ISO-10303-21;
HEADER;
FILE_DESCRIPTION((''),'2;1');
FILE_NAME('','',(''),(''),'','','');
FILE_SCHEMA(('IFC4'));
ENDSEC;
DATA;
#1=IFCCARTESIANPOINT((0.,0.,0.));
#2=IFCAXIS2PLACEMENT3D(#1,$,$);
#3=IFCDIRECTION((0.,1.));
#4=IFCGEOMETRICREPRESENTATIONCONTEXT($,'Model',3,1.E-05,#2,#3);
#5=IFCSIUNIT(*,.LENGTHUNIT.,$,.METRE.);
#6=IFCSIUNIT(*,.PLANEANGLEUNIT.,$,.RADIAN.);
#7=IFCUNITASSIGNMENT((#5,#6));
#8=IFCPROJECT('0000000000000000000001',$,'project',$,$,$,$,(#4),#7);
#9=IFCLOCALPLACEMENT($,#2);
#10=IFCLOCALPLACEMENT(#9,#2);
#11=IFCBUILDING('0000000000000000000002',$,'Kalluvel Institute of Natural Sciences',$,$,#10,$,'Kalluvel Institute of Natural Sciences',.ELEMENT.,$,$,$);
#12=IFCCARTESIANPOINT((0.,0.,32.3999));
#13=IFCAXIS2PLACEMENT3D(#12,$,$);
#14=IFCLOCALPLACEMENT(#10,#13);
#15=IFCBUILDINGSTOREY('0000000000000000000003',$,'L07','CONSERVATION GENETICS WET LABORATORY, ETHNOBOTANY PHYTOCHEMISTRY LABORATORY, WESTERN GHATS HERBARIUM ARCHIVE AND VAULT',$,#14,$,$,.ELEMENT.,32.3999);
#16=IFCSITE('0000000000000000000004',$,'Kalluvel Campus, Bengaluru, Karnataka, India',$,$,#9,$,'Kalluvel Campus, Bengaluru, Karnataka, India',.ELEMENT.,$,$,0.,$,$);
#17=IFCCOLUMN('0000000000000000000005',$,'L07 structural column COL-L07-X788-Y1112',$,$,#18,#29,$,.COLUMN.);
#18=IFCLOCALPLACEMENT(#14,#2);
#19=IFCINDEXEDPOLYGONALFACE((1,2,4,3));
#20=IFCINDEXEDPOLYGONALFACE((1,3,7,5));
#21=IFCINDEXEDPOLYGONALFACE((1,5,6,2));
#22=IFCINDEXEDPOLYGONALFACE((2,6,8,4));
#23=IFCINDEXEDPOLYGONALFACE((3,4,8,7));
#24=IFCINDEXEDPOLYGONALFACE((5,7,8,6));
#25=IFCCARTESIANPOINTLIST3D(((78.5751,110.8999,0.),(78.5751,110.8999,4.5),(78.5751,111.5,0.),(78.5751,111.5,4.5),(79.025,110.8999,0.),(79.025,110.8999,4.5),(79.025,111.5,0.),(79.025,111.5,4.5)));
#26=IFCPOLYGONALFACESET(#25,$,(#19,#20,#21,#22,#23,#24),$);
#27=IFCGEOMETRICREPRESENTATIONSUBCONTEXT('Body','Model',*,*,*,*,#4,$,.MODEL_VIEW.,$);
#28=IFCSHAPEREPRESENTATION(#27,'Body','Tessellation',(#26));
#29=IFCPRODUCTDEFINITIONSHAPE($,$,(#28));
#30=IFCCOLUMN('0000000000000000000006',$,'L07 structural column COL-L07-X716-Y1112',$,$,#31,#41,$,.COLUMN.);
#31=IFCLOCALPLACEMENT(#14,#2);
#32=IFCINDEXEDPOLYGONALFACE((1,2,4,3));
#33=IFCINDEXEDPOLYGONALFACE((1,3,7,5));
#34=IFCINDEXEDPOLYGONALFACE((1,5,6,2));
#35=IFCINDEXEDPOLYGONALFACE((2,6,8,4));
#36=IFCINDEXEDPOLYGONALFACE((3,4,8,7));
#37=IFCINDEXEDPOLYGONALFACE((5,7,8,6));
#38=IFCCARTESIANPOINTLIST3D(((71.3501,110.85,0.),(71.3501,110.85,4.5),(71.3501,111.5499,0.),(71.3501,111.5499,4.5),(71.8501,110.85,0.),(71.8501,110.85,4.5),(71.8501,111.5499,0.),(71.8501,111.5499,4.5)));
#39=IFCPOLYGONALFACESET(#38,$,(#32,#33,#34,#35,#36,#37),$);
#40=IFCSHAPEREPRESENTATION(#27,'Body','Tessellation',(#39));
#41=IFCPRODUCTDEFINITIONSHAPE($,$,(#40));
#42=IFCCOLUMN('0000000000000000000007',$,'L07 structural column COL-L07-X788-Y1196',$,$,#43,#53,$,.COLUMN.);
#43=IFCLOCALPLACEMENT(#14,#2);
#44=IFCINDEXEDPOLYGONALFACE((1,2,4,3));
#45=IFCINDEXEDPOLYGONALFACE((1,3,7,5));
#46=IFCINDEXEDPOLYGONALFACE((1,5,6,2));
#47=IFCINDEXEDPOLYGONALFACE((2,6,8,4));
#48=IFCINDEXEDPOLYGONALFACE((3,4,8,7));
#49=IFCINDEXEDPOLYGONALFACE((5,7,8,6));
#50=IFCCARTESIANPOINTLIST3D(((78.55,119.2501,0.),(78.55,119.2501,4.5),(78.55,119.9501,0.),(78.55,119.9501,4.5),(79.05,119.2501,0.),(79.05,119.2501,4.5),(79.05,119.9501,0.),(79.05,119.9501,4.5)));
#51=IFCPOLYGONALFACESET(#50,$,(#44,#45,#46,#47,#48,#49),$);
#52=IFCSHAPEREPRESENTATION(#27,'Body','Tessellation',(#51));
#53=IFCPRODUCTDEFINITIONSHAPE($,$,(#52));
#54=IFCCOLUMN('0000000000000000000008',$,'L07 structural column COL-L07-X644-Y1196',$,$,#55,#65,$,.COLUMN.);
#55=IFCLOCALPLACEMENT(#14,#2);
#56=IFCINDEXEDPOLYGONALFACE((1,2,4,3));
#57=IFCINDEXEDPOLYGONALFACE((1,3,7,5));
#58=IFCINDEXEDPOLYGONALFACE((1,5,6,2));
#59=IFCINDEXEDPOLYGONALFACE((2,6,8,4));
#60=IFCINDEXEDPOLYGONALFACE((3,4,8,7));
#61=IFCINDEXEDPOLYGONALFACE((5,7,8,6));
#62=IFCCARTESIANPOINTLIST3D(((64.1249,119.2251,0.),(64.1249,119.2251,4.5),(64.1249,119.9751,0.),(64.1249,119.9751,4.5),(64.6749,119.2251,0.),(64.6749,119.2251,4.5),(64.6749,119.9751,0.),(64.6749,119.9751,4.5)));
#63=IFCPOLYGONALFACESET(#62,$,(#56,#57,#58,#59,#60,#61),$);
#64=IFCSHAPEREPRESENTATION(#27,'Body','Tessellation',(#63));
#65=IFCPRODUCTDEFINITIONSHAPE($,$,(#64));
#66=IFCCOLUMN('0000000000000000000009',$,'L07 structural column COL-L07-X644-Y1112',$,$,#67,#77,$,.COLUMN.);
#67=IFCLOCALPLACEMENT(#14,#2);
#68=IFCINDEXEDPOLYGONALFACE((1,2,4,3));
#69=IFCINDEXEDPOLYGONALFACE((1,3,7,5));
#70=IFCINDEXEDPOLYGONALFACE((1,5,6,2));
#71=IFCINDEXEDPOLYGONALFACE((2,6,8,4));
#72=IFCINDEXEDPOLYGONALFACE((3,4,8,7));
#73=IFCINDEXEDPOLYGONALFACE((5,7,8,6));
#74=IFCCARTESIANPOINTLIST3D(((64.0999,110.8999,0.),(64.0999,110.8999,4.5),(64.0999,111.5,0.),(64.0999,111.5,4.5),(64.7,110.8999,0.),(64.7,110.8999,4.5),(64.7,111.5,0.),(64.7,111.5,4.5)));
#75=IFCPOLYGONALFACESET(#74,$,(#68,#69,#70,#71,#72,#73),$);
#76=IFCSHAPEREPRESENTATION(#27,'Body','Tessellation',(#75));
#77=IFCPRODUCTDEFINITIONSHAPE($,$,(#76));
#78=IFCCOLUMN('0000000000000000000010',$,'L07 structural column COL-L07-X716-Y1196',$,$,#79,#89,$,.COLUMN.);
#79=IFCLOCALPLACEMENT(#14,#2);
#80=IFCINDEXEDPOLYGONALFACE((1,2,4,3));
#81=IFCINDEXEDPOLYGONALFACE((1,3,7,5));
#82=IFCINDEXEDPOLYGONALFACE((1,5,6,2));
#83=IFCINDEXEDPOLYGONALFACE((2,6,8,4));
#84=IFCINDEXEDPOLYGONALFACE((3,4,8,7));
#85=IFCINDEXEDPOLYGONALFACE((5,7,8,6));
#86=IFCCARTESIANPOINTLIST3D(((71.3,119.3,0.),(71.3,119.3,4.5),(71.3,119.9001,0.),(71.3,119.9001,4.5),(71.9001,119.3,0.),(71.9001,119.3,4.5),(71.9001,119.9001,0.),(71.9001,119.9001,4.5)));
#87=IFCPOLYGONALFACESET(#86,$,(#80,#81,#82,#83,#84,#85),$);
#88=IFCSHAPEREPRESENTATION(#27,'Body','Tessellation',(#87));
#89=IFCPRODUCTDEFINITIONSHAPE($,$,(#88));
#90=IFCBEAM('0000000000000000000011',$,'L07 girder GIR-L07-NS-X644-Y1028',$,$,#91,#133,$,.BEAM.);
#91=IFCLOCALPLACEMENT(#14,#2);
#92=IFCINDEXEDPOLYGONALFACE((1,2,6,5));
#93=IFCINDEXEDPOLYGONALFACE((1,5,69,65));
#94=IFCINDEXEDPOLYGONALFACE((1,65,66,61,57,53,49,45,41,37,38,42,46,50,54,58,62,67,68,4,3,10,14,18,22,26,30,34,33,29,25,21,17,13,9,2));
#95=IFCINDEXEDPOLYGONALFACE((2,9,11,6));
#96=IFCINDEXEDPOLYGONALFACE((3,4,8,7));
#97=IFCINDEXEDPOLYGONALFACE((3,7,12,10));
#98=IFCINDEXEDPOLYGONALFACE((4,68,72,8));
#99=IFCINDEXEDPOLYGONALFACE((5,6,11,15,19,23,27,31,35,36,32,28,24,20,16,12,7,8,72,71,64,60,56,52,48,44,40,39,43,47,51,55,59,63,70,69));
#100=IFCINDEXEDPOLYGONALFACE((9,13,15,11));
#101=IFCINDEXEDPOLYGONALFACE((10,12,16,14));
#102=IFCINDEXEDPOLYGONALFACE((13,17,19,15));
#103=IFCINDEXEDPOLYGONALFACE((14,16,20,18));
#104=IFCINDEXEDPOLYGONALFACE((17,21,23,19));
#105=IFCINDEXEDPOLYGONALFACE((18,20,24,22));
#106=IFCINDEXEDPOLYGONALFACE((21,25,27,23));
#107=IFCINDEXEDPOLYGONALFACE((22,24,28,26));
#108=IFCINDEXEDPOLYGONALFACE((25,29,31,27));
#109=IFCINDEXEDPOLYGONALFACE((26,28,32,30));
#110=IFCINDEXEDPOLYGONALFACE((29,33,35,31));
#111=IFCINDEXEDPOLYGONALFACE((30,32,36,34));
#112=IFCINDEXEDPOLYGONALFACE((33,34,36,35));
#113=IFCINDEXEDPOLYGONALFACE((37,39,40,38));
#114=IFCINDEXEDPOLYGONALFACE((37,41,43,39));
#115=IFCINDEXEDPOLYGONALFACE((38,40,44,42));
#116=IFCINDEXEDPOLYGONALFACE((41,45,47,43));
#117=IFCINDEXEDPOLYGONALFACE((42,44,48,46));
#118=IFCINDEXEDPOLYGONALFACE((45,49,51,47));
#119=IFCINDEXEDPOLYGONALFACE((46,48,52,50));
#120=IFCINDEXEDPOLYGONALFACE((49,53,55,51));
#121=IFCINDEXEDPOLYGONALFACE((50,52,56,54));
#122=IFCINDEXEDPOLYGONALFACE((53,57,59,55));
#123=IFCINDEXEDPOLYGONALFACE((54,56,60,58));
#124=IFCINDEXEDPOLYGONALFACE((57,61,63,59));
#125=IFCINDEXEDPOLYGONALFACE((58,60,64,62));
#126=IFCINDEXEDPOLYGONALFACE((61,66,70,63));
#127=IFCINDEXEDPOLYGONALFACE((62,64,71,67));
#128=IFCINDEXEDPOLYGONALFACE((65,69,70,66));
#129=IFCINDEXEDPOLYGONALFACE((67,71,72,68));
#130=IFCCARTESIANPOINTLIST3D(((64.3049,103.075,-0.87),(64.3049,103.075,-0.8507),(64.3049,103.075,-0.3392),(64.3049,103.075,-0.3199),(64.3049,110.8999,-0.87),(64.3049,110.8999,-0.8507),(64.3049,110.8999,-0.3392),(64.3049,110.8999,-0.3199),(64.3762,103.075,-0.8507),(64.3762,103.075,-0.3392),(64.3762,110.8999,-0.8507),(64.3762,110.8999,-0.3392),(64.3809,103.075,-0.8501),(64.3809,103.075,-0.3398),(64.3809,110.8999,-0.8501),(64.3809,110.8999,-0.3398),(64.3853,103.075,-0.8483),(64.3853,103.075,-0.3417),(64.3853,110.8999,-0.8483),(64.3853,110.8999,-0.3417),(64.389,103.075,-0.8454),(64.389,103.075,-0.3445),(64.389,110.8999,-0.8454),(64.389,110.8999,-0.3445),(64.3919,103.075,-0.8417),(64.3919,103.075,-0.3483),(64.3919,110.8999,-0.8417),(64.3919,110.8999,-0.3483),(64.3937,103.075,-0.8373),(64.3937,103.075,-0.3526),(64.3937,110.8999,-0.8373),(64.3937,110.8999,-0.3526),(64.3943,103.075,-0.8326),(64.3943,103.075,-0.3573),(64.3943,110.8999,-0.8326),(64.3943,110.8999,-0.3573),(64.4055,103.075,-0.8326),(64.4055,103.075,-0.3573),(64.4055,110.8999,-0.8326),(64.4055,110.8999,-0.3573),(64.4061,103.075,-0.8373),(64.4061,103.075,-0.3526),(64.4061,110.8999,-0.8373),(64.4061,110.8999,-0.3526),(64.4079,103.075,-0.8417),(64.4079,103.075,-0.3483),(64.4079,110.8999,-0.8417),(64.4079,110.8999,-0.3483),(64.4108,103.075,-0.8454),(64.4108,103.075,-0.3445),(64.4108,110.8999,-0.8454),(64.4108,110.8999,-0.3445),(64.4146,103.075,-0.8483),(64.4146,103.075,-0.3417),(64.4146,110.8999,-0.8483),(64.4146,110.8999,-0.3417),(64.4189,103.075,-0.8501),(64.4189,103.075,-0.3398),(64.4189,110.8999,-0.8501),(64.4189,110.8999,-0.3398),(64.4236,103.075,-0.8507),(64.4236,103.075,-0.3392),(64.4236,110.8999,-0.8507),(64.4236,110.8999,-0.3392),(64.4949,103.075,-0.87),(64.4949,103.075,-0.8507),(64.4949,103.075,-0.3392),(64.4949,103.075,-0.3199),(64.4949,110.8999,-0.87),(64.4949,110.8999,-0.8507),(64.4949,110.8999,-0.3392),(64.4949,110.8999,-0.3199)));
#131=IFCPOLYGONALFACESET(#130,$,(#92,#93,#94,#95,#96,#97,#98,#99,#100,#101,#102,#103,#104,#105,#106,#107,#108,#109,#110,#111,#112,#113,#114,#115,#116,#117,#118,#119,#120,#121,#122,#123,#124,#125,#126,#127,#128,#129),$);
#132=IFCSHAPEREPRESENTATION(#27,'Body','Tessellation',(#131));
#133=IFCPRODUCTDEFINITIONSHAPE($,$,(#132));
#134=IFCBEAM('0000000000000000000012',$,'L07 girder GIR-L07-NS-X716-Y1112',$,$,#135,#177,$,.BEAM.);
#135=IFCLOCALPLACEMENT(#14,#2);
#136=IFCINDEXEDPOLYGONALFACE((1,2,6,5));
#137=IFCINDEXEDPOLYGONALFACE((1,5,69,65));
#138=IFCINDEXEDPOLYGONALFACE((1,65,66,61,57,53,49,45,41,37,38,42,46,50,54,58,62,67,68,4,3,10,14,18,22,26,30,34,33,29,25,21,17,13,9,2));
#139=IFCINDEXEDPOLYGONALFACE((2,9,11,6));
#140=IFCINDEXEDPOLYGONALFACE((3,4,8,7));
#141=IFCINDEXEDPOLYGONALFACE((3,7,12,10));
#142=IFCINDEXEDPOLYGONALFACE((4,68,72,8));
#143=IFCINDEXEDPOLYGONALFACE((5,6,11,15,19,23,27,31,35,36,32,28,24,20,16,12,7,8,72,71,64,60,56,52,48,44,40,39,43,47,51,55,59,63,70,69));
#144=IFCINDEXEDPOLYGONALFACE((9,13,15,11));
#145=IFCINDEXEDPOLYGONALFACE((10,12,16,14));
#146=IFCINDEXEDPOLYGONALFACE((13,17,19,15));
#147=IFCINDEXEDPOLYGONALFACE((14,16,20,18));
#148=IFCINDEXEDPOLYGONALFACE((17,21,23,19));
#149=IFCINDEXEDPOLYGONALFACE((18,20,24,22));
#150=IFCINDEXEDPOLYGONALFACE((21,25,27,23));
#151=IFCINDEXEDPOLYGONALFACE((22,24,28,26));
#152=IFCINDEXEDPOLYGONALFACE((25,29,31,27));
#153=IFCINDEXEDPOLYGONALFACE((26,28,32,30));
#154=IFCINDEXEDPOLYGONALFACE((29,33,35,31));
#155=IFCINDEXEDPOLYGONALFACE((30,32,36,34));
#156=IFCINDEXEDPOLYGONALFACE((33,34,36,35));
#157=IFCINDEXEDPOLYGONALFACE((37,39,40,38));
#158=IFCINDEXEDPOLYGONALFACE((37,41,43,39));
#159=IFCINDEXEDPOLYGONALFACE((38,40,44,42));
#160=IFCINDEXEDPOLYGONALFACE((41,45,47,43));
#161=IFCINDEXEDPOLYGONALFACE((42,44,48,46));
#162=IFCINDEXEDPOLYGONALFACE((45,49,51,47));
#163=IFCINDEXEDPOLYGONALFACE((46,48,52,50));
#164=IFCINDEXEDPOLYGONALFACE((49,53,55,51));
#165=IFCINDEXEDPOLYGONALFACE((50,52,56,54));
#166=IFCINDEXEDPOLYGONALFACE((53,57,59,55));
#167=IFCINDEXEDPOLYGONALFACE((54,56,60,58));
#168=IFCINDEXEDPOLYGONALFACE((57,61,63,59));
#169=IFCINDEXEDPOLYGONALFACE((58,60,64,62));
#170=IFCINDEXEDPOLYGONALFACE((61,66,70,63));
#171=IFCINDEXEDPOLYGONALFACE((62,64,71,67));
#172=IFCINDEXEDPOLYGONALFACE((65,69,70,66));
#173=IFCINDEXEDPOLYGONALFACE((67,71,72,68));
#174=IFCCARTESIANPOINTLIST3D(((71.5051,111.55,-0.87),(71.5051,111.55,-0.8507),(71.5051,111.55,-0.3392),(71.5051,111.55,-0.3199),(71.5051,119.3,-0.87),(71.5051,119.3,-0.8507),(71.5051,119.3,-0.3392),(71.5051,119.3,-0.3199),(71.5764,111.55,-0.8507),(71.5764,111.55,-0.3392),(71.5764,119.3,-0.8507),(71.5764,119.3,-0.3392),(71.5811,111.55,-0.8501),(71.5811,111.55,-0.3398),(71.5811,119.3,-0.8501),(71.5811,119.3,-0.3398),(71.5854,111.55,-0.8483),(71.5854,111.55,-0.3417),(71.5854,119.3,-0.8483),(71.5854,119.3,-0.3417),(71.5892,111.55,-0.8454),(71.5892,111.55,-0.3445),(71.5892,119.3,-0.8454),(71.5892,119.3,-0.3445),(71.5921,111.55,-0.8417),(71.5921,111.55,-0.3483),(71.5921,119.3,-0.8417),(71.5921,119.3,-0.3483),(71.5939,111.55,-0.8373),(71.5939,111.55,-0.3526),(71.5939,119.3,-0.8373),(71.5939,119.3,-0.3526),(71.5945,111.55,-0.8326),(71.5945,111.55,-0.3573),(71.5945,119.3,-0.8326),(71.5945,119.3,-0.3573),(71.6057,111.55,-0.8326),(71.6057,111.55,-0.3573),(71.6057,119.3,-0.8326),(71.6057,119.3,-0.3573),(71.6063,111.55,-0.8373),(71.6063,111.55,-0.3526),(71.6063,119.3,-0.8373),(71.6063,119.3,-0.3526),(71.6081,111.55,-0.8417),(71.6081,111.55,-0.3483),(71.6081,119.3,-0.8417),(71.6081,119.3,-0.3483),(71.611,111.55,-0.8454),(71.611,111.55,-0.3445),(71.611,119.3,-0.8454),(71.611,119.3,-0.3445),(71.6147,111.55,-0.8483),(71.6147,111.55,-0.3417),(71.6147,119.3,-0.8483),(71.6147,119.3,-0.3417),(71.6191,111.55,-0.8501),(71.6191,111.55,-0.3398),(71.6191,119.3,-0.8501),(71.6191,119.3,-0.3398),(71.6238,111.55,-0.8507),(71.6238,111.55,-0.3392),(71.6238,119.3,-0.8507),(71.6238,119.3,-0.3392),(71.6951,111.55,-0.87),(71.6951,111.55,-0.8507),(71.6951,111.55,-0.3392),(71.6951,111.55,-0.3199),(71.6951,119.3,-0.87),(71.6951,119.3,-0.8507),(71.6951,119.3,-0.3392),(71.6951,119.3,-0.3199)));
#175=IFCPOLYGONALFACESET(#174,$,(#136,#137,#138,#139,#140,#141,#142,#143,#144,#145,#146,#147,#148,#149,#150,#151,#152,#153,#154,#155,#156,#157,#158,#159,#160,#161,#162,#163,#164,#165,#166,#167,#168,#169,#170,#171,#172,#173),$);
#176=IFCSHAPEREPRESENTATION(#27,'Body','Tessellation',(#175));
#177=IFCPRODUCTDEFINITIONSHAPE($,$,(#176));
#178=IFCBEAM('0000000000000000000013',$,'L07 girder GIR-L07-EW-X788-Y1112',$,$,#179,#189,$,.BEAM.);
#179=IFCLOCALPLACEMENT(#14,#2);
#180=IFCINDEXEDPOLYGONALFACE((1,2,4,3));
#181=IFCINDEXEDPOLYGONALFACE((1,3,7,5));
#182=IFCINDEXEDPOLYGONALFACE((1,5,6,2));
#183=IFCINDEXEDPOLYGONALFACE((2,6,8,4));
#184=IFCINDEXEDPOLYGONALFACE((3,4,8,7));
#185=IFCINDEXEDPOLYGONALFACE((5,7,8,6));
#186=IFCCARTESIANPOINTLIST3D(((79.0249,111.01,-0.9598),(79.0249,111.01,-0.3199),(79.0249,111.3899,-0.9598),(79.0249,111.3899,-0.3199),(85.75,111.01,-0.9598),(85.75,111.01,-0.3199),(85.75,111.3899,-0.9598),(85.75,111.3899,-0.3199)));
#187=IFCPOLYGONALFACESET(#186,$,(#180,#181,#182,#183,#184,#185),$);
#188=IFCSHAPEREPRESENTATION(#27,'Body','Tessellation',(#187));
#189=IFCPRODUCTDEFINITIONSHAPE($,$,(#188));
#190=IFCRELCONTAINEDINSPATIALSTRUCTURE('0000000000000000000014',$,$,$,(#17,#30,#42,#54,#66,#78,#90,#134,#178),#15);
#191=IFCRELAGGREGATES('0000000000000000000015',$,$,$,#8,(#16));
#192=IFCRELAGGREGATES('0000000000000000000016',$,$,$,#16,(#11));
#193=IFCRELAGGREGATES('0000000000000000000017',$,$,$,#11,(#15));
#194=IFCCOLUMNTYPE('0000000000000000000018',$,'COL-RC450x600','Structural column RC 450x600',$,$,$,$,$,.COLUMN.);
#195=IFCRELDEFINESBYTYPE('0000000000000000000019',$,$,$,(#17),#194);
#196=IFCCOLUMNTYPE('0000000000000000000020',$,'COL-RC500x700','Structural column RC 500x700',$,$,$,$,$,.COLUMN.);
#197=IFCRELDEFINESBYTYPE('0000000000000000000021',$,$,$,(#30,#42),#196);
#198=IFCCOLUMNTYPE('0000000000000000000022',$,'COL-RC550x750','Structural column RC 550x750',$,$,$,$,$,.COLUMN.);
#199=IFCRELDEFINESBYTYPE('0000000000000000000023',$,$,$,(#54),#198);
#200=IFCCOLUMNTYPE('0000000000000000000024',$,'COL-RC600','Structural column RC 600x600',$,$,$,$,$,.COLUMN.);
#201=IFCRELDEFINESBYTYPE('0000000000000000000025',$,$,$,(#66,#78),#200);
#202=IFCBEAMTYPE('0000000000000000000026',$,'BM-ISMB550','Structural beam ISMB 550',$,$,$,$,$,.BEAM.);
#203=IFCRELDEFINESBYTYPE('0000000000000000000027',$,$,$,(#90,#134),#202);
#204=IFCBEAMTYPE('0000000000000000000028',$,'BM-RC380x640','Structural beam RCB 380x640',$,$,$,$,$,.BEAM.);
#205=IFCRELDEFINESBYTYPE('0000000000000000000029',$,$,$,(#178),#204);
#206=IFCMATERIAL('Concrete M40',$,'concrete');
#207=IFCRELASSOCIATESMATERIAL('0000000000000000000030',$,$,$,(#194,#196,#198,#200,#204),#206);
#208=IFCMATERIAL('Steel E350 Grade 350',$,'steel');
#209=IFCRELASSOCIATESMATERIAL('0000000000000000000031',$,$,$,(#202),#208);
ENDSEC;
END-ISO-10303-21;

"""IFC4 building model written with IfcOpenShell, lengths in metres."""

from ifc_helpers import new_model, si_unit, direction, frame, origin, origin_2d, place, context, subcontext, project, spatial, rectangle, i_section, extrude, material, material_profile, profile_set, type_object, element, save


model = new_model("IFC4")

# Units and contexts
model_context = context("Model", 3, precision=1e-05, world=origin(), true_north=direction((0.0, 1.0)))
body_context = subcontext(model_context, "Body", "Model", "MODEL_VIEW")
ifc_project = project(units=[si_unit("LENGTHUNIT", "METRE"), si_unit("PLANEANGLEUNIT", "RADIAN")], contexts=[model_context])

# Site, building, storey
site_placement = place(None, origin())
site = spatial("IfcSite", under=ifc_project, at=site_placement, Name="Kalluvel Campus, Bengaluru, Karnataka, India", LongName="Kalluvel Campus, Bengaluru, Karnataka, India", CompositionType="ELEMENT", RefElevation=0.0)
building_placement = place(site_placement, origin())
building = spatial("IfcBuilding", under=site, at=building_placement, Name="Kalluvel Institute of Natural Sciences", LongName="Kalluvel Institute of Natural Sciences", CompositionType="ELEMENT")
storey_placement = place(building_placement, frame((0.0, 0.0, 32.3999)))
storey = spatial("IfcBuildingStorey", under=building, at=storey_placement, Name="L07", Description="CONSERVATION GENETICS WET LABORATORY, ETHNOBOTANY PHYTOCHEMISTRY LABORATORY, WESTERN GHATS HERBARIUM ARCHIVE AND VAULT", CompositionType="ELEMENT", Elevation=32.3999)

# Columns
ifc_material_1 = material(Name="Concrete M40", Category="concrete")
ifc_material_profile_1 = material_profile(ifc_material_1, rectangle(XDim=0.45, YDim=0.6001, at=origin_2d()), Name="RC 450x600")
ifc_profile_set_1 = profile_set([ifc_material_profile_1], Name="Concrete M40")
column_type_1 = type_object("IfcColumnType", Name="COL-RC450x600", Description="Structural column RC 450x600", PredefinedType="COLUMN", material=ifc_profile_set_1)
column_1_placement = place(storey_placement, frame((78.8, 111.2, 0.0), z_axis=(0.0, 0.0, 1.0), x_axis=(1.0, 0.0, 0.0)))
element("IfcColumn", 1, at=column_1_placement, inside=storey, type_object=column_type_1, Name="L07 structural column COL-L07-X788-Y1112", PredefinedType="COLUMN", context=body_context, shape_type="SweptSolid", body=[
    extrude(rectangle(XDim=0.45, YDim=0.6001, at=origin_2d()), origin(), (0.0, 0.0, 1.0), 4.5),
])
ifc_material_profile_2 = material_profile(ifc_material_1, rectangle(XDim=0.5, YDim=0.7, at=origin_2d()), Name="RC 500x700")
ifc_profile_set_2 = profile_set([ifc_material_profile_2], Name="Concrete M40")
column_type_2 = type_object("IfcColumnType", Name="COL-RC500x700", Description="Structural column RC 500x700", PredefinedType="COLUMN", material=ifc_profile_set_2)
for number, where, z_axis, x_axis, name in (
    (2, (71.6001, 111.2, 0.0), (0.0, 0.0, 1.0), (1.0, 0.0, 0.0), "L07 structural column COL-L07-X716-Y1112"),
    (3, (78.8, 119.6001, 0.0), (0.0, 0.0, 1.0), (1.0, 0.0, 0.0), "L07 structural column COL-L07-X788-Y1196"),
):
    element("IfcColumn", number, at=place(storey_placement, frame(where, z_axis=z_axis, x_axis=x_axis)), inside=storey, type_object=column_type_2, Name=name, PredefinedType="COLUMN", context=body_context, shape_type="SweptSolid", body=[
        extrude(rectangle(XDim=0.5, YDim=0.7, at=origin_2d()), origin(), (0.0, 0.0, 1.0), 4.5),
    ])
ifc_material_profile_3 = material_profile(ifc_material_1, rectangle(XDim=0.55, YDim=0.75, at=origin_2d()), Name="RC 550x750")
ifc_profile_set_3 = profile_set([ifc_material_profile_3], Name="Concrete M40")
column_type_3 = type_object("IfcColumnType", Name="COL-RC550x750", Description="Structural column RC 550x750", PredefinedType="COLUMN", material=ifc_profile_set_3)
column_2_placement = place(storey_placement, frame((64.3999, 119.6001, 0.0), z_axis=(0.0, 0.0, 1.0), x_axis=(1.0, 0.0, 0.0)))
element("IfcColumn", 4, at=column_2_placement, inside=storey, type_object=column_type_3, Name="L07 structural column COL-L07-X644-Y1196", PredefinedType="COLUMN", context=body_context, shape_type="SweptSolid", body=[
    extrude(rectangle(XDim=0.55, YDim=0.75, at=origin_2d()), origin(), (0.0, 0.0, 1.0), 4.5),
])
ifc_material_profile_4 = material_profile(ifc_material_1, rectangle(XDim=0.6001, YDim=0.6001, at=origin_2d()), Name="RC 600x600")
ifc_profile_set_4 = profile_set([ifc_material_profile_4], Name="Concrete M40")
column_type_4 = type_object("IfcColumnType", Name="COL-RC600", Description="Structural column RC 600x600", PredefinedType="COLUMN", material=ifc_profile_set_4)
for number, where, z_axis, x_axis, name in (
    (5, (64.3999, 111.2, 0.0), (0.0, 0.0, 1.0), (1.0, 0.0, 0.0), "L07 structural column COL-L07-X644-Y1112"),
    (6, (71.6001, 119.6001, 0.0), (0.0, 0.0, 1.0), (1.0, 0.0, 0.0), "L07 structural column COL-L07-X716-Y1196"),
):
    element("IfcColumn", number, at=place(storey_placement, frame(where, z_axis=z_axis, x_axis=x_axis)), inside=storey, type_object=column_type_4, Name=name, PredefinedType="COLUMN", context=body_context, shape_type="SweptSolid", body=[
        extrude(rectangle(XDim=0.6001, YDim=0.6001, at=origin_2d()), origin(), (0.0, 0.0, 1.0), 4.5),
    ])

# Beams
ifc_material_2 = material(Name="Steel E350 Grade 350", Category="steel")
ifc_material_profile_5 = material_profile(ifc_material_2, i_section(OverallWidth=0.1899, OverallDepth=0.55, WebThickness=0.0112, FlangeThickness=0.0193, FilletRadius=0.0181, at=origin_2d()), Name="ISMB 550")
ifc_profile_set_5 = profile_set([ifc_material_profile_5], Name="Steel E350 Grade 350")
beam_type_1 = type_object("IfcBeamType", Name="BM-ISMB550", Description="Structural beam ISMB 550", PredefinedType="BEAM", material=ifc_profile_set_5)
beam_1_placement = place(storey_placement, frame((64.3999, 103.075, -0.595), z_axis=(0.0, 1.0, 0.0), x_axis=(-1.0, 0.0, 0.0)))
element("IfcBeam", 7, at=beam_1_placement, inside=storey, type_object=beam_type_1, Name="L07 girder GIR-L07-NS-X644-Y1028", PredefinedType="BEAM", context=body_context, shape_type="SweptSolid", body=[
    extrude(i_section(OverallWidth=0.1899, OverallDepth=0.55, WebThickness=0.0112, FlangeThickness=0.0193, FilletRadius=0.0181, at=origin_2d()), origin(), (0.0, 0.0, 1.0), 7.825),
])
beam_2_placement = place(storey_placement, frame((71.6001, 111.55, -0.595), z_axis=(0.0, 1.0, 0.0), x_axis=(-1.0, 0.0, 0.0)))
element("IfcBeam", 8, at=beam_2_placement, inside=storey, type_object=beam_type_1, Name="L07 girder GIR-L07-NS-X716-Y1112", PredefinedType="BEAM", context=body_context, shape_type="SweptSolid", body=[
    extrude(i_section(OverallWidth=0.1899, OverallDepth=0.55, WebThickness=0.0112, FlangeThickness=0.0193, FilletRadius=0.0181, at=origin_2d()), origin(), (0.0, 0.0, 1.0), 7.75),
])
ifc_material_profile_6 = material_profile(ifc_material_1, rectangle(XDim=0.3799, YDim=0.6399, at=origin_2d()), Name="RCB 380x640")
ifc_profile_set_6 = profile_set([ifc_material_profile_6], Name="Concrete M40")
beam_type_2 = type_object("IfcBeamType", Name="BM-RC380x640", Description="Structural beam RCB 380x640", PredefinedType="BEAM", material=ifc_profile_set_6)
beam_3_placement = place(storey_placement, frame((79.0249, 111.2, -0.6399), z_axis=(1.0, 0.0, 0.0), x_axis=(0.0, 1.0, 0.0)))
element("IfcBeam", 9, at=beam_3_placement, inside=storey, type_object=beam_type_2, Name="L07 girder GIR-L07-EW-X788-Y1112", PredefinedType="BEAM", context=body_context, shape_type="SweptSolid", body=[
    extrude(rectangle(XDim=0.3799, YDim=0.6399, at=origin_2d()), origin(), (0.0, 0.0, 1.0), 6.7251),
])

save(model, "model.ifc")
